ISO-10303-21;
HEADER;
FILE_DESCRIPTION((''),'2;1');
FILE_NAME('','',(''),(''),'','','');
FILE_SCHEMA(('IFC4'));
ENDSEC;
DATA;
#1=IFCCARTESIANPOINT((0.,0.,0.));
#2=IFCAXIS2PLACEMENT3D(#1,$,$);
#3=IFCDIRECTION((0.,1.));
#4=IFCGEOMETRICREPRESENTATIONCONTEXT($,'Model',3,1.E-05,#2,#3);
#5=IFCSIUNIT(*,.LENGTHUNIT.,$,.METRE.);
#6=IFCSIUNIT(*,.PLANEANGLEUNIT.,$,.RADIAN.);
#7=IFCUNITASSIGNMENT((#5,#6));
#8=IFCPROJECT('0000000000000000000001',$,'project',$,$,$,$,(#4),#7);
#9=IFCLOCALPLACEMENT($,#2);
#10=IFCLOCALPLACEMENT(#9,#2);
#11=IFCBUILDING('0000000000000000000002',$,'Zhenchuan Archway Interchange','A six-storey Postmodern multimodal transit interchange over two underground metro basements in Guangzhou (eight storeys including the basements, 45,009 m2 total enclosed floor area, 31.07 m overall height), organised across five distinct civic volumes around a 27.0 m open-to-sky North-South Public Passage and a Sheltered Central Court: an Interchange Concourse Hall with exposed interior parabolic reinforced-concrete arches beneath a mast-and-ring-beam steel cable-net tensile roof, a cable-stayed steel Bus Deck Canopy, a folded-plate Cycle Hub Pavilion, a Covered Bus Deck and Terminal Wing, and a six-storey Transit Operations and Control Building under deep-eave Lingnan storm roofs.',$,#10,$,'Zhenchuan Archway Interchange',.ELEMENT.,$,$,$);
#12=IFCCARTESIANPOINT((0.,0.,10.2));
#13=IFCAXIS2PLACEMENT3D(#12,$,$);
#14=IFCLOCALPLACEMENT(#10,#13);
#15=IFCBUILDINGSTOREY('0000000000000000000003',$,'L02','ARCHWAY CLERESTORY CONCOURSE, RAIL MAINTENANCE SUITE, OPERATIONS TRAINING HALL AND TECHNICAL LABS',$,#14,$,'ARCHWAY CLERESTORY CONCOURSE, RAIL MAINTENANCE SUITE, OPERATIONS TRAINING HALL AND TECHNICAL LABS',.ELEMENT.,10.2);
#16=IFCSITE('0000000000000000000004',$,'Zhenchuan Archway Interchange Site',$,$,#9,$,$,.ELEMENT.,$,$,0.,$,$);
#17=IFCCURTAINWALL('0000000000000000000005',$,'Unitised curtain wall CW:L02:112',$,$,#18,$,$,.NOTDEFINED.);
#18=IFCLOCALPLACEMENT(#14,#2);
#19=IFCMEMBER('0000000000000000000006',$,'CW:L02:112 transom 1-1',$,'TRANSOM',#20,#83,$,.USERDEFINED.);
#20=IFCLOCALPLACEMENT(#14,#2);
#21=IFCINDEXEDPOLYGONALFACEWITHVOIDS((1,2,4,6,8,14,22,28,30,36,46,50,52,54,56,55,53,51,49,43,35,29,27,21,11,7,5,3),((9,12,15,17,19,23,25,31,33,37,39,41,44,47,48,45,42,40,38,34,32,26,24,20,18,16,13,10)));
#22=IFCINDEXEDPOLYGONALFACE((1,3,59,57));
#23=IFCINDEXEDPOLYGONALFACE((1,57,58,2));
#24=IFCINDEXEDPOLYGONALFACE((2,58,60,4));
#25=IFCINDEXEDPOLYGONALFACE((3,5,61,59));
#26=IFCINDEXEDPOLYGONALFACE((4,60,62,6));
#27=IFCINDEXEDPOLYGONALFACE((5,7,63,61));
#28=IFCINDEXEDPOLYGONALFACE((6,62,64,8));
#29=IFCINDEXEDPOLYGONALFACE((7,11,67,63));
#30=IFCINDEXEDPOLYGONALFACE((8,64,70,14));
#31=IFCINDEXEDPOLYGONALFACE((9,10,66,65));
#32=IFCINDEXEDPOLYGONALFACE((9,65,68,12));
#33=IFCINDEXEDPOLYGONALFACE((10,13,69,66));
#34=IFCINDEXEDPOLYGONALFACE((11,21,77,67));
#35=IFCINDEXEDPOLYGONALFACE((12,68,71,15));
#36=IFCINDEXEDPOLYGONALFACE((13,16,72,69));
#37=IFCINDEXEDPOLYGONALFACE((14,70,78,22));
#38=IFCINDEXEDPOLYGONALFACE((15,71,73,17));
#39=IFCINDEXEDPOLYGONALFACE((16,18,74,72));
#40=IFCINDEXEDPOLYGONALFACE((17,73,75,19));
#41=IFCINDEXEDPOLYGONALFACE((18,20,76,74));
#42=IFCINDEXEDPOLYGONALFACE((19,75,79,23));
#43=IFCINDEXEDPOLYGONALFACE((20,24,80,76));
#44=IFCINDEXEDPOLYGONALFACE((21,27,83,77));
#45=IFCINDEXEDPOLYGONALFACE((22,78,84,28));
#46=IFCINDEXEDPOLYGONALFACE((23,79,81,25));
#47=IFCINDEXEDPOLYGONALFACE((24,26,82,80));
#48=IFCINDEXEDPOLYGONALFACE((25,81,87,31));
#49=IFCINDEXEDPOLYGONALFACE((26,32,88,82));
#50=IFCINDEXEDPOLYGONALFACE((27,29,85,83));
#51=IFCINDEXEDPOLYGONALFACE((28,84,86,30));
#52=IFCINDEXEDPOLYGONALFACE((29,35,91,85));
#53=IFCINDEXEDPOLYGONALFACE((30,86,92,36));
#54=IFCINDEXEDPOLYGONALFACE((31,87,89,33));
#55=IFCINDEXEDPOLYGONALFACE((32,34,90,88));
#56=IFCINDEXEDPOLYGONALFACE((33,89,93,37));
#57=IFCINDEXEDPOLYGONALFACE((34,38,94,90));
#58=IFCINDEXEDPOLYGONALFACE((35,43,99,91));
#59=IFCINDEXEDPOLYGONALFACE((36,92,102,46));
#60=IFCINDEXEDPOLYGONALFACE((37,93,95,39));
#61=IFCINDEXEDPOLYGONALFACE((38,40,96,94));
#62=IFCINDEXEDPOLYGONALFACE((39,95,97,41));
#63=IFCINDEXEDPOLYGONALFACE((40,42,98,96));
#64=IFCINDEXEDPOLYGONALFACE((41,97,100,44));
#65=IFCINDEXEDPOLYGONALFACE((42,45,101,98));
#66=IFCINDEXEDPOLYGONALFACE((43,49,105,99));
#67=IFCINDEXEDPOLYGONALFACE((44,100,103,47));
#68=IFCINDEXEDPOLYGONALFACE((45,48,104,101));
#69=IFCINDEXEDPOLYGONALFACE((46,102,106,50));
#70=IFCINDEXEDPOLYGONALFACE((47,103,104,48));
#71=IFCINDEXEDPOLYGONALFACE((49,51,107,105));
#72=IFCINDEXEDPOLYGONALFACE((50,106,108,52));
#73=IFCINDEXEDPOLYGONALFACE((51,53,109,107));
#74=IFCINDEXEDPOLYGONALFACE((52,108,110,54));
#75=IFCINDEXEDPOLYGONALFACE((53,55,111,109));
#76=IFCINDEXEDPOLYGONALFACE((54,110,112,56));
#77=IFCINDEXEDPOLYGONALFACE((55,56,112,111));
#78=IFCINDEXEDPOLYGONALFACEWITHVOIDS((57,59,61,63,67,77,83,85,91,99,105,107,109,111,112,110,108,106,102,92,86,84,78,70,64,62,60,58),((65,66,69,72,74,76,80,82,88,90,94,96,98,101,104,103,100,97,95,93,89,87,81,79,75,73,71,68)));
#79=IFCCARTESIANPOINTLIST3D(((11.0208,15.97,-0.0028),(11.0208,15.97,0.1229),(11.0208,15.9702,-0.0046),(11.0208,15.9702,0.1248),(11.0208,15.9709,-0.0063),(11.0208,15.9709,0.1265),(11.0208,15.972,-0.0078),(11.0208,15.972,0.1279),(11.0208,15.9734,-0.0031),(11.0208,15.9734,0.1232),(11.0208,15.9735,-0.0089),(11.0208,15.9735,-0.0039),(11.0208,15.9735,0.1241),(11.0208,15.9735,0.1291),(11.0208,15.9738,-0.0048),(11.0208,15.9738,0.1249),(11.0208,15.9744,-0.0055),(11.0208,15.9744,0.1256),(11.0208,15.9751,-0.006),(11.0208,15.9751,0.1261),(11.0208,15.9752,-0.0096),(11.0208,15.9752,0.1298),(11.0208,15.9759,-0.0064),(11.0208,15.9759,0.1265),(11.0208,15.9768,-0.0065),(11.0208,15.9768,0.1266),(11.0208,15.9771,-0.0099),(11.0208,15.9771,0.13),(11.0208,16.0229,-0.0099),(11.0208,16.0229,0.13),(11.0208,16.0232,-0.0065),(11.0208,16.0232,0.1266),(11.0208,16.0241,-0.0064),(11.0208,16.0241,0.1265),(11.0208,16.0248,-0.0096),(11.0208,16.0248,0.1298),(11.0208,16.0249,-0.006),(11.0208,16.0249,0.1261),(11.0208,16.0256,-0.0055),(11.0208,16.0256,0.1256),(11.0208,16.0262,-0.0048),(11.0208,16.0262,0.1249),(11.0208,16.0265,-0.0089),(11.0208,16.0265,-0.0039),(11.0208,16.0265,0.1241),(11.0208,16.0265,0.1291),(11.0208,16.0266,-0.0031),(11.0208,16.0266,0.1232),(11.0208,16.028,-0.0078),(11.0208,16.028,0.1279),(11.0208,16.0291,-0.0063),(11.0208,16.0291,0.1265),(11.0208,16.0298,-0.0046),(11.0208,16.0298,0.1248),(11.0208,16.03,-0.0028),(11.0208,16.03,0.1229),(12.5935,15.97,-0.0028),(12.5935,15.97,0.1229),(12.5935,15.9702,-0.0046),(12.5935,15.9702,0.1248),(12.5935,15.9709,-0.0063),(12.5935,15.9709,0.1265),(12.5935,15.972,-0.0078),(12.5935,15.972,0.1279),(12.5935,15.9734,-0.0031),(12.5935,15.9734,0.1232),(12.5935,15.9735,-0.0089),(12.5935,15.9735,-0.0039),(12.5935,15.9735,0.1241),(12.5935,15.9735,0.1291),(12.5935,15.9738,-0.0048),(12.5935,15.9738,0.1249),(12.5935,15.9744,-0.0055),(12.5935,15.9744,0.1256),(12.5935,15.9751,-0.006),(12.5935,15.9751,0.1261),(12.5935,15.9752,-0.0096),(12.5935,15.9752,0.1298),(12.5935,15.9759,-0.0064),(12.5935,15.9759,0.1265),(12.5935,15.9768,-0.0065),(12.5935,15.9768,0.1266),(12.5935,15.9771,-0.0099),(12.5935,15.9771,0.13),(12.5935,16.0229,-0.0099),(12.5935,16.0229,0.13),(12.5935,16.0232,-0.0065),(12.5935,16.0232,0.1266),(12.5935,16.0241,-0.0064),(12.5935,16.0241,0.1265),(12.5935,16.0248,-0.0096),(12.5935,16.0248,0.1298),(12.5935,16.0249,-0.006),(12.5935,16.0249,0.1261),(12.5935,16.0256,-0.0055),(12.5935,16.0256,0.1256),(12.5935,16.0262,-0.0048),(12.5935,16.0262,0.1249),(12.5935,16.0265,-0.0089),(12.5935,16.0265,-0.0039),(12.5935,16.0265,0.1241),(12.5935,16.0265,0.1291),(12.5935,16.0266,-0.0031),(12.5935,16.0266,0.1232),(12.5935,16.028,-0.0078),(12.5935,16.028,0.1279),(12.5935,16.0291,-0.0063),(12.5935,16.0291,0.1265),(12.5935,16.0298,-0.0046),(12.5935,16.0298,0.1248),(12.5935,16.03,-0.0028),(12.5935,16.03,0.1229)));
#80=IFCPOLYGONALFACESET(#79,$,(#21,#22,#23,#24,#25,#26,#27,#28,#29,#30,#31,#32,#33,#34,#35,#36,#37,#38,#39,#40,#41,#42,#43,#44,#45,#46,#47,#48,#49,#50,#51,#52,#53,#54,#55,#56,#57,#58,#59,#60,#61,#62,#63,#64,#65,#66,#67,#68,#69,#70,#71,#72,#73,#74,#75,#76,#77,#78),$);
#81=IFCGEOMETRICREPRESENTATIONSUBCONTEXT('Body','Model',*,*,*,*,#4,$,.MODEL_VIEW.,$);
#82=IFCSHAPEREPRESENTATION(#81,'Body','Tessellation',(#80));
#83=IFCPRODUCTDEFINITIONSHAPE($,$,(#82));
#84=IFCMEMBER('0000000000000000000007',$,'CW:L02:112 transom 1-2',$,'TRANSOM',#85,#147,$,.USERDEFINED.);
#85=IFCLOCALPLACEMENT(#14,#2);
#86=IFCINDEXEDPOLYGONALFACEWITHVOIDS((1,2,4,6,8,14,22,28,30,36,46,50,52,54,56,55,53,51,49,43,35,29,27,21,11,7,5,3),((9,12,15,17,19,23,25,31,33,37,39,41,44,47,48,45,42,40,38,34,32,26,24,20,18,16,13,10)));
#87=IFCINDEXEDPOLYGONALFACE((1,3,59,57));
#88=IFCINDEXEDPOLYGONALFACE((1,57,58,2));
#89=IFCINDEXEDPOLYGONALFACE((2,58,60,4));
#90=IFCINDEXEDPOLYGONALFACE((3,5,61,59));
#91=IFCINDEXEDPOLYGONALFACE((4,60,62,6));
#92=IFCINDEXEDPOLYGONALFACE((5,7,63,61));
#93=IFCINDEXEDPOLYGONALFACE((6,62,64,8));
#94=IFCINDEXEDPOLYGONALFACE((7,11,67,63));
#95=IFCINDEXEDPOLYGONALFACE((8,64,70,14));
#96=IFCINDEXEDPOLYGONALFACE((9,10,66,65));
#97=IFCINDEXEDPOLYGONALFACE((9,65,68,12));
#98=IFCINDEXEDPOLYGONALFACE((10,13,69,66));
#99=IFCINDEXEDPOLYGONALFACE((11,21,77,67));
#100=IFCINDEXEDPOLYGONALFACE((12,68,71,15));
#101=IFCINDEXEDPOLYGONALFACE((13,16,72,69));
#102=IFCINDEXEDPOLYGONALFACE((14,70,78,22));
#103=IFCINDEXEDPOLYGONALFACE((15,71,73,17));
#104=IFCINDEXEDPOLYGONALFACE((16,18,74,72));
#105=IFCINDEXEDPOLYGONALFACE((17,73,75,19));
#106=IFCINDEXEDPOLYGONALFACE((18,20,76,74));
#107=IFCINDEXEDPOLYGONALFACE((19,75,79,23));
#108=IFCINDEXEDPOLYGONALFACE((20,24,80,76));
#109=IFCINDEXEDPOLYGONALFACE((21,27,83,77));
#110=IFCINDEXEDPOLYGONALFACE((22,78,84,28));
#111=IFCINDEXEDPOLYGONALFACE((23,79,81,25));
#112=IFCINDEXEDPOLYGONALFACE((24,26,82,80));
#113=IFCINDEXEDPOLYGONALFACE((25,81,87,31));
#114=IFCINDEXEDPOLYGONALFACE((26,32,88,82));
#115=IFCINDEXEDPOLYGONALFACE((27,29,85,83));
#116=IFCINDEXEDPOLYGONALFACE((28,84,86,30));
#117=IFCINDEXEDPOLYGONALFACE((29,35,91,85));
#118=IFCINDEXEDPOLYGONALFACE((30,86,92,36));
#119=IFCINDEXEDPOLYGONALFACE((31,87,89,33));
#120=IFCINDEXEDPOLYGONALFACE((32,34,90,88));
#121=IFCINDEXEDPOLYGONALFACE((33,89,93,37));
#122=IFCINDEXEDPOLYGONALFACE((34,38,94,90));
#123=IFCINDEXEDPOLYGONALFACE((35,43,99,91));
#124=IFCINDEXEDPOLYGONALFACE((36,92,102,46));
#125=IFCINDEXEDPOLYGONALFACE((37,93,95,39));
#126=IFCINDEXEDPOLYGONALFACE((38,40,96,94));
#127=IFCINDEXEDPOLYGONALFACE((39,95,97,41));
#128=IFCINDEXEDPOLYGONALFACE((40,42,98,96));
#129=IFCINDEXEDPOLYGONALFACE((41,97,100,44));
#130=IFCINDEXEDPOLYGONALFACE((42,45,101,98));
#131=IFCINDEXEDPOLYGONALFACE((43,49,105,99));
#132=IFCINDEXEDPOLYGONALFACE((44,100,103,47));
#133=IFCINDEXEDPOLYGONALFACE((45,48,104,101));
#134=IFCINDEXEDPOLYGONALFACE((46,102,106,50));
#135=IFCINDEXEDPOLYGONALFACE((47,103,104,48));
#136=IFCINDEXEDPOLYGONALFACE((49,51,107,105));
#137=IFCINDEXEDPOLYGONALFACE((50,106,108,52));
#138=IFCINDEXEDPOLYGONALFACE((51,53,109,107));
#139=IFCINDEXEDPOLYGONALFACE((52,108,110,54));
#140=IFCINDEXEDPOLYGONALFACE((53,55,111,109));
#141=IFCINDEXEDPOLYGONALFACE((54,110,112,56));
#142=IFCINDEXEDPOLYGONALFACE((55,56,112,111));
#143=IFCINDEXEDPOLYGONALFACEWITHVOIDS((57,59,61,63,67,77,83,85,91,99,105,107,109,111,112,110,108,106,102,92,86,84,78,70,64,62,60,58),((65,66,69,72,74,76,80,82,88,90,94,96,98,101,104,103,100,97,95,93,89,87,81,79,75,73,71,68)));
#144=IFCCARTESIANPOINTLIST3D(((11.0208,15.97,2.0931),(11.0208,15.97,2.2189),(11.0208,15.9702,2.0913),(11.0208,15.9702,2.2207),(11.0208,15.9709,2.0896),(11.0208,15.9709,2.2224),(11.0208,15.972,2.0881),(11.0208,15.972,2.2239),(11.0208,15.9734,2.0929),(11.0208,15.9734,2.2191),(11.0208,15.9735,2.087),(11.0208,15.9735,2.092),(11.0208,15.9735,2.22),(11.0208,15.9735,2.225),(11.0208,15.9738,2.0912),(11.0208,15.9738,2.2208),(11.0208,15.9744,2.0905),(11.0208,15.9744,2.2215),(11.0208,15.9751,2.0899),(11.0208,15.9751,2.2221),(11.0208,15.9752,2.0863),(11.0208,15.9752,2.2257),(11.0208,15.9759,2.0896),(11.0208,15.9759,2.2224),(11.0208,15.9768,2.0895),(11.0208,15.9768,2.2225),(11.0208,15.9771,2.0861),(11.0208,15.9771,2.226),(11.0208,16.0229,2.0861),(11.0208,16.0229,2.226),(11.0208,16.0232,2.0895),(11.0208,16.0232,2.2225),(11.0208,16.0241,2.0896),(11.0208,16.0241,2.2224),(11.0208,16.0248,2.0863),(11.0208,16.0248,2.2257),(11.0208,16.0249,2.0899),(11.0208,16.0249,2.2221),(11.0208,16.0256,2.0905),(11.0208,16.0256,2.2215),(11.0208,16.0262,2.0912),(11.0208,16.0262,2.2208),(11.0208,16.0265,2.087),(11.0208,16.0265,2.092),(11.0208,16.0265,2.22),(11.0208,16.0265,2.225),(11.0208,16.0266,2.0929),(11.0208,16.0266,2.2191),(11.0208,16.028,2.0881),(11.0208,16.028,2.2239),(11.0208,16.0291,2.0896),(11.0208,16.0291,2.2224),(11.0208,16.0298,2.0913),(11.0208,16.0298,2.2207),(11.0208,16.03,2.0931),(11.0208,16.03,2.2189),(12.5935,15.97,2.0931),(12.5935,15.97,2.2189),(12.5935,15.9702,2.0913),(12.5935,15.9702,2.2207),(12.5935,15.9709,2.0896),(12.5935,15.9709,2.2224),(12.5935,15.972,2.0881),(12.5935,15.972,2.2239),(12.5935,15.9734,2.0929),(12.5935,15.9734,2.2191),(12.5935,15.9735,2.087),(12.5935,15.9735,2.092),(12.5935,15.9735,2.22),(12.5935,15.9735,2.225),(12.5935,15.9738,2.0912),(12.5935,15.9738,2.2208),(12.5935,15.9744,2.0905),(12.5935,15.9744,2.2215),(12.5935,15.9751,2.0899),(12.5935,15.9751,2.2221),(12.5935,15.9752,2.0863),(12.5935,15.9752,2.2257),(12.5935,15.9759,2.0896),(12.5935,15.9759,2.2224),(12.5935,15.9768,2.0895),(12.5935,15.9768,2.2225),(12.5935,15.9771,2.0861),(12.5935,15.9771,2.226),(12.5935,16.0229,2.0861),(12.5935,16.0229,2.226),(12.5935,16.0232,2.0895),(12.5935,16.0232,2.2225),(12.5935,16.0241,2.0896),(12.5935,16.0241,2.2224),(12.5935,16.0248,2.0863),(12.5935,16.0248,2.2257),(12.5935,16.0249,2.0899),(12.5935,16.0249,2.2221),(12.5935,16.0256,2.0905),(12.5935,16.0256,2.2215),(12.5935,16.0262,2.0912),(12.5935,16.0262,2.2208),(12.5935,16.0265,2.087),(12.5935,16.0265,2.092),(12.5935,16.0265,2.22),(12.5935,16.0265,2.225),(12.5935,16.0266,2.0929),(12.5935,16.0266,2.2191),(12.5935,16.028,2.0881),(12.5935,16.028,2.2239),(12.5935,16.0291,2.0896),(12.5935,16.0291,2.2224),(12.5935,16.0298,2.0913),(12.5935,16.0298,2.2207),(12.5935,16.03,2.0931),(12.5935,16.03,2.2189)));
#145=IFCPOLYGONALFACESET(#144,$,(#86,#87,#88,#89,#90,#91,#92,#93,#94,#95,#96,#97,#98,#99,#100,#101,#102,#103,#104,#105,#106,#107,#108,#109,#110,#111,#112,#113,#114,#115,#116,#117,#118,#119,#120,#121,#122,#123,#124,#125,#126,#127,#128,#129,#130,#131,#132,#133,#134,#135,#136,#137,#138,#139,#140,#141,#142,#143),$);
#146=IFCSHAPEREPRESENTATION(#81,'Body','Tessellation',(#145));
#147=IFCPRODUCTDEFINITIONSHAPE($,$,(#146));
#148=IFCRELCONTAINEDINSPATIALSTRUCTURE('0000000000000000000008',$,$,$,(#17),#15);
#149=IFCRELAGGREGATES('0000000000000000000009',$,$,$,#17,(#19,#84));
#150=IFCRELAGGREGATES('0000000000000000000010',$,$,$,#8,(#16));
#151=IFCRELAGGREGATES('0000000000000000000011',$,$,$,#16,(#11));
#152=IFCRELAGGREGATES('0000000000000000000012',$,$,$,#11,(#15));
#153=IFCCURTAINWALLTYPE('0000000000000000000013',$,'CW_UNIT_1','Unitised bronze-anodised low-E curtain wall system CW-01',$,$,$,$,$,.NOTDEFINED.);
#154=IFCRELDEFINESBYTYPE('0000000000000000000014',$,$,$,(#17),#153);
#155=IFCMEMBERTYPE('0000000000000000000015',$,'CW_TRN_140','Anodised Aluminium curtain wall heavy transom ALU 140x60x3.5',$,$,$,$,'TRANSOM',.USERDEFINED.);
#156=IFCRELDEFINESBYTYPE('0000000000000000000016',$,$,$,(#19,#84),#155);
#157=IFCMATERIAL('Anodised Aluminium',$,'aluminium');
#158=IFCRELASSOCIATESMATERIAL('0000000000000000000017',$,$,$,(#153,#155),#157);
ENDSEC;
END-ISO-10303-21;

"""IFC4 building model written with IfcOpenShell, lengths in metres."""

from ifc_helpers import new_model, si_unit, direction, frame, origin, origin_2d, place, context, subcontext, project, spatial, hollow_rectangle, extrude, material, material_profile, profile_set, type_object, element, aggregate, save


model = new_model("IFC4")

# Units and contexts
model_context = context("Model", 3, precision=1e-05, world=origin(), true_north=direction((0.0, 1.0)))
body_context = subcontext(model_context, "Body", "Model", "MODEL_VIEW")
ifc_project = project(units=[si_unit("LENGTHUNIT", "METRE"), si_unit("PLANEANGLEUNIT", "RADIAN")], contexts=[model_context])

# Site, building, storey
site_placement = place(None, origin())
site = spatial("IfcSite", under=ifc_project, at=site_placement, Name="Zhenchuan Archway Interchange Site", CompositionType="ELEMENT", RefElevation=0.0)
building_placement = place(site_placement, origin())
building = spatial("IfcBuilding", under=site, at=building_placement, Name="Zhenchuan Archway Interchange", Description="A six-storey Postmodern multimodal transit interchange over two underground metro basements in Guangzhou (eight storeys including the basements, 45,009 m2 total enclosed floor area, 31.07 m overall height), organised across five distinct civic volumes around a 27.0 m open-to-sky North-South Public Passage and a Sheltered Central Court: an Interchange Concourse Hall with exposed interior parabolic reinforced-concrete arches beneath a mast-and-ring-beam steel cable-net tensile roof, a cable-stayed steel Bus Deck Canopy, a folded-plate Cycle Hub Pavilion, a Covered Bus Deck and Terminal Wing, and a six-storey Transit Operations and Control Building under deep-eave Lingnan storm roofs.", LongName="Zhenchuan Archway Interchange", CompositionType="ELEMENT")
storey_placement = place(building_placement, frame((0.0, 0.0, 10.2)))
storey = spatial("IfcBuildingStorey", under=building, at=storey_placement, Name="L02", Description="ARCHWAY CLERESTORY CONCOURSE, RAIL MAINTENANCE SUITE, OPERATIONS TRAINING HALL AND TECHNICAL LABS", LongName="ARCHWAY CLERESTORY CONCOURSE, RAIL MAINTENANCE SUITE, OPERATIONS TRAINING HALL AND TECHNICAL LABS", CompositionType="ELEMENT", Elevation=10.2)

# Curtain wall, members
ifc_material_1 = material(Name="Anodised Aluminium", Category="aluminium")
curtain_wall_type = type_object("IfcCurtainWallType", Name="CW_UNIT_1", Description="Unitised bronze-anodised low-E curtain wall system CW-01", PredefinedType="NOTDEFINED", material=ifc_material_1)
curtain_wall_placement = place(storey_placement, origin())
curtain_wall = element("IfcCurtainWall", 1, at=curtain_wall_placement, inside=storey, type_object=curtain_wall_type, Name="Unitised curtain wall CW:L02:112", PredefinedType="NOTDEFINED")
ifc_material_profile_1 = material_profile(ifc_material_1, hollow_rectangle(XDim=0.0601, YDim=0.1399, WallThickness=0.0034, InnerFilletRadius=0.0034, OuterFilletRadius=0.0071, at=origin_2d()), Name="ALU 140x60x3.5")
ifc_profile_set_1 = profile_set([ifc_material_profile_1], Name="Anodised Aluminium")
member_type_1 = type_object("IfcMemberType", Name="CW_TRN_140", Description="Anodised Aluminium curtain wall heavy transom ALU 140x60x3.5", ElementType="TRANSOM", PredefinedType="USERDEFINED", material=ifc_profile_set_1)
member_1_placement = place(storey_placement, frame((11.0208, 16.0, 0.0601), z_axis=(1.0, 0.0, 0.0), x_axis=(0.0, 1.0, 0.0)))
member_1 = element("IfcMember", 2, at=member_1_placement, type_object=member_type_1, Name="CW:L02:112 transom 1-1", ObjectType="TRANSOM", PredefinedType="USERDEFINED", context=body_context, shape_type="SweptSolid", body=[
    extrude(hollow_rectangle(XDim=0.0601, YDim=0.1399, WallThickness=0.0034, InnerFilletRadius=0.0034, OuterFilletRadius=0.0071, at=origin_2d()), origin(), (0.0, 0.0, 1.0), 1.5728),
])
member_2_placement = place(storey_placement, frame((11.0208, 16.0, 2.156), z_axis=(1.0, 0.0, 0.0), x_axis=(0.0, 1.0, 0.0)))
member_2 = element("IfcMember", 3, at=member_2_placement, type_object=member_type_1, Name="CW:L02:112 transom 1-2", ObjectType="TRANSOM", PredefinedType="USERDEFINED", context=body_context, shape_type="SweptSolid", body=[
    extrude(hollow_rectangle(XDim=0.0601, YDim=0.1399, WallThickness=0.0034, InnerFilletRadius=0.0034, OuterFilletRadius=0.0071, at=origin_2d()), origin(), (0.0, 0.0, 1.0), 1.5728),
])

aggregate(curtain_wall, [member_1, member_2])

save(model, "model.ifc")
